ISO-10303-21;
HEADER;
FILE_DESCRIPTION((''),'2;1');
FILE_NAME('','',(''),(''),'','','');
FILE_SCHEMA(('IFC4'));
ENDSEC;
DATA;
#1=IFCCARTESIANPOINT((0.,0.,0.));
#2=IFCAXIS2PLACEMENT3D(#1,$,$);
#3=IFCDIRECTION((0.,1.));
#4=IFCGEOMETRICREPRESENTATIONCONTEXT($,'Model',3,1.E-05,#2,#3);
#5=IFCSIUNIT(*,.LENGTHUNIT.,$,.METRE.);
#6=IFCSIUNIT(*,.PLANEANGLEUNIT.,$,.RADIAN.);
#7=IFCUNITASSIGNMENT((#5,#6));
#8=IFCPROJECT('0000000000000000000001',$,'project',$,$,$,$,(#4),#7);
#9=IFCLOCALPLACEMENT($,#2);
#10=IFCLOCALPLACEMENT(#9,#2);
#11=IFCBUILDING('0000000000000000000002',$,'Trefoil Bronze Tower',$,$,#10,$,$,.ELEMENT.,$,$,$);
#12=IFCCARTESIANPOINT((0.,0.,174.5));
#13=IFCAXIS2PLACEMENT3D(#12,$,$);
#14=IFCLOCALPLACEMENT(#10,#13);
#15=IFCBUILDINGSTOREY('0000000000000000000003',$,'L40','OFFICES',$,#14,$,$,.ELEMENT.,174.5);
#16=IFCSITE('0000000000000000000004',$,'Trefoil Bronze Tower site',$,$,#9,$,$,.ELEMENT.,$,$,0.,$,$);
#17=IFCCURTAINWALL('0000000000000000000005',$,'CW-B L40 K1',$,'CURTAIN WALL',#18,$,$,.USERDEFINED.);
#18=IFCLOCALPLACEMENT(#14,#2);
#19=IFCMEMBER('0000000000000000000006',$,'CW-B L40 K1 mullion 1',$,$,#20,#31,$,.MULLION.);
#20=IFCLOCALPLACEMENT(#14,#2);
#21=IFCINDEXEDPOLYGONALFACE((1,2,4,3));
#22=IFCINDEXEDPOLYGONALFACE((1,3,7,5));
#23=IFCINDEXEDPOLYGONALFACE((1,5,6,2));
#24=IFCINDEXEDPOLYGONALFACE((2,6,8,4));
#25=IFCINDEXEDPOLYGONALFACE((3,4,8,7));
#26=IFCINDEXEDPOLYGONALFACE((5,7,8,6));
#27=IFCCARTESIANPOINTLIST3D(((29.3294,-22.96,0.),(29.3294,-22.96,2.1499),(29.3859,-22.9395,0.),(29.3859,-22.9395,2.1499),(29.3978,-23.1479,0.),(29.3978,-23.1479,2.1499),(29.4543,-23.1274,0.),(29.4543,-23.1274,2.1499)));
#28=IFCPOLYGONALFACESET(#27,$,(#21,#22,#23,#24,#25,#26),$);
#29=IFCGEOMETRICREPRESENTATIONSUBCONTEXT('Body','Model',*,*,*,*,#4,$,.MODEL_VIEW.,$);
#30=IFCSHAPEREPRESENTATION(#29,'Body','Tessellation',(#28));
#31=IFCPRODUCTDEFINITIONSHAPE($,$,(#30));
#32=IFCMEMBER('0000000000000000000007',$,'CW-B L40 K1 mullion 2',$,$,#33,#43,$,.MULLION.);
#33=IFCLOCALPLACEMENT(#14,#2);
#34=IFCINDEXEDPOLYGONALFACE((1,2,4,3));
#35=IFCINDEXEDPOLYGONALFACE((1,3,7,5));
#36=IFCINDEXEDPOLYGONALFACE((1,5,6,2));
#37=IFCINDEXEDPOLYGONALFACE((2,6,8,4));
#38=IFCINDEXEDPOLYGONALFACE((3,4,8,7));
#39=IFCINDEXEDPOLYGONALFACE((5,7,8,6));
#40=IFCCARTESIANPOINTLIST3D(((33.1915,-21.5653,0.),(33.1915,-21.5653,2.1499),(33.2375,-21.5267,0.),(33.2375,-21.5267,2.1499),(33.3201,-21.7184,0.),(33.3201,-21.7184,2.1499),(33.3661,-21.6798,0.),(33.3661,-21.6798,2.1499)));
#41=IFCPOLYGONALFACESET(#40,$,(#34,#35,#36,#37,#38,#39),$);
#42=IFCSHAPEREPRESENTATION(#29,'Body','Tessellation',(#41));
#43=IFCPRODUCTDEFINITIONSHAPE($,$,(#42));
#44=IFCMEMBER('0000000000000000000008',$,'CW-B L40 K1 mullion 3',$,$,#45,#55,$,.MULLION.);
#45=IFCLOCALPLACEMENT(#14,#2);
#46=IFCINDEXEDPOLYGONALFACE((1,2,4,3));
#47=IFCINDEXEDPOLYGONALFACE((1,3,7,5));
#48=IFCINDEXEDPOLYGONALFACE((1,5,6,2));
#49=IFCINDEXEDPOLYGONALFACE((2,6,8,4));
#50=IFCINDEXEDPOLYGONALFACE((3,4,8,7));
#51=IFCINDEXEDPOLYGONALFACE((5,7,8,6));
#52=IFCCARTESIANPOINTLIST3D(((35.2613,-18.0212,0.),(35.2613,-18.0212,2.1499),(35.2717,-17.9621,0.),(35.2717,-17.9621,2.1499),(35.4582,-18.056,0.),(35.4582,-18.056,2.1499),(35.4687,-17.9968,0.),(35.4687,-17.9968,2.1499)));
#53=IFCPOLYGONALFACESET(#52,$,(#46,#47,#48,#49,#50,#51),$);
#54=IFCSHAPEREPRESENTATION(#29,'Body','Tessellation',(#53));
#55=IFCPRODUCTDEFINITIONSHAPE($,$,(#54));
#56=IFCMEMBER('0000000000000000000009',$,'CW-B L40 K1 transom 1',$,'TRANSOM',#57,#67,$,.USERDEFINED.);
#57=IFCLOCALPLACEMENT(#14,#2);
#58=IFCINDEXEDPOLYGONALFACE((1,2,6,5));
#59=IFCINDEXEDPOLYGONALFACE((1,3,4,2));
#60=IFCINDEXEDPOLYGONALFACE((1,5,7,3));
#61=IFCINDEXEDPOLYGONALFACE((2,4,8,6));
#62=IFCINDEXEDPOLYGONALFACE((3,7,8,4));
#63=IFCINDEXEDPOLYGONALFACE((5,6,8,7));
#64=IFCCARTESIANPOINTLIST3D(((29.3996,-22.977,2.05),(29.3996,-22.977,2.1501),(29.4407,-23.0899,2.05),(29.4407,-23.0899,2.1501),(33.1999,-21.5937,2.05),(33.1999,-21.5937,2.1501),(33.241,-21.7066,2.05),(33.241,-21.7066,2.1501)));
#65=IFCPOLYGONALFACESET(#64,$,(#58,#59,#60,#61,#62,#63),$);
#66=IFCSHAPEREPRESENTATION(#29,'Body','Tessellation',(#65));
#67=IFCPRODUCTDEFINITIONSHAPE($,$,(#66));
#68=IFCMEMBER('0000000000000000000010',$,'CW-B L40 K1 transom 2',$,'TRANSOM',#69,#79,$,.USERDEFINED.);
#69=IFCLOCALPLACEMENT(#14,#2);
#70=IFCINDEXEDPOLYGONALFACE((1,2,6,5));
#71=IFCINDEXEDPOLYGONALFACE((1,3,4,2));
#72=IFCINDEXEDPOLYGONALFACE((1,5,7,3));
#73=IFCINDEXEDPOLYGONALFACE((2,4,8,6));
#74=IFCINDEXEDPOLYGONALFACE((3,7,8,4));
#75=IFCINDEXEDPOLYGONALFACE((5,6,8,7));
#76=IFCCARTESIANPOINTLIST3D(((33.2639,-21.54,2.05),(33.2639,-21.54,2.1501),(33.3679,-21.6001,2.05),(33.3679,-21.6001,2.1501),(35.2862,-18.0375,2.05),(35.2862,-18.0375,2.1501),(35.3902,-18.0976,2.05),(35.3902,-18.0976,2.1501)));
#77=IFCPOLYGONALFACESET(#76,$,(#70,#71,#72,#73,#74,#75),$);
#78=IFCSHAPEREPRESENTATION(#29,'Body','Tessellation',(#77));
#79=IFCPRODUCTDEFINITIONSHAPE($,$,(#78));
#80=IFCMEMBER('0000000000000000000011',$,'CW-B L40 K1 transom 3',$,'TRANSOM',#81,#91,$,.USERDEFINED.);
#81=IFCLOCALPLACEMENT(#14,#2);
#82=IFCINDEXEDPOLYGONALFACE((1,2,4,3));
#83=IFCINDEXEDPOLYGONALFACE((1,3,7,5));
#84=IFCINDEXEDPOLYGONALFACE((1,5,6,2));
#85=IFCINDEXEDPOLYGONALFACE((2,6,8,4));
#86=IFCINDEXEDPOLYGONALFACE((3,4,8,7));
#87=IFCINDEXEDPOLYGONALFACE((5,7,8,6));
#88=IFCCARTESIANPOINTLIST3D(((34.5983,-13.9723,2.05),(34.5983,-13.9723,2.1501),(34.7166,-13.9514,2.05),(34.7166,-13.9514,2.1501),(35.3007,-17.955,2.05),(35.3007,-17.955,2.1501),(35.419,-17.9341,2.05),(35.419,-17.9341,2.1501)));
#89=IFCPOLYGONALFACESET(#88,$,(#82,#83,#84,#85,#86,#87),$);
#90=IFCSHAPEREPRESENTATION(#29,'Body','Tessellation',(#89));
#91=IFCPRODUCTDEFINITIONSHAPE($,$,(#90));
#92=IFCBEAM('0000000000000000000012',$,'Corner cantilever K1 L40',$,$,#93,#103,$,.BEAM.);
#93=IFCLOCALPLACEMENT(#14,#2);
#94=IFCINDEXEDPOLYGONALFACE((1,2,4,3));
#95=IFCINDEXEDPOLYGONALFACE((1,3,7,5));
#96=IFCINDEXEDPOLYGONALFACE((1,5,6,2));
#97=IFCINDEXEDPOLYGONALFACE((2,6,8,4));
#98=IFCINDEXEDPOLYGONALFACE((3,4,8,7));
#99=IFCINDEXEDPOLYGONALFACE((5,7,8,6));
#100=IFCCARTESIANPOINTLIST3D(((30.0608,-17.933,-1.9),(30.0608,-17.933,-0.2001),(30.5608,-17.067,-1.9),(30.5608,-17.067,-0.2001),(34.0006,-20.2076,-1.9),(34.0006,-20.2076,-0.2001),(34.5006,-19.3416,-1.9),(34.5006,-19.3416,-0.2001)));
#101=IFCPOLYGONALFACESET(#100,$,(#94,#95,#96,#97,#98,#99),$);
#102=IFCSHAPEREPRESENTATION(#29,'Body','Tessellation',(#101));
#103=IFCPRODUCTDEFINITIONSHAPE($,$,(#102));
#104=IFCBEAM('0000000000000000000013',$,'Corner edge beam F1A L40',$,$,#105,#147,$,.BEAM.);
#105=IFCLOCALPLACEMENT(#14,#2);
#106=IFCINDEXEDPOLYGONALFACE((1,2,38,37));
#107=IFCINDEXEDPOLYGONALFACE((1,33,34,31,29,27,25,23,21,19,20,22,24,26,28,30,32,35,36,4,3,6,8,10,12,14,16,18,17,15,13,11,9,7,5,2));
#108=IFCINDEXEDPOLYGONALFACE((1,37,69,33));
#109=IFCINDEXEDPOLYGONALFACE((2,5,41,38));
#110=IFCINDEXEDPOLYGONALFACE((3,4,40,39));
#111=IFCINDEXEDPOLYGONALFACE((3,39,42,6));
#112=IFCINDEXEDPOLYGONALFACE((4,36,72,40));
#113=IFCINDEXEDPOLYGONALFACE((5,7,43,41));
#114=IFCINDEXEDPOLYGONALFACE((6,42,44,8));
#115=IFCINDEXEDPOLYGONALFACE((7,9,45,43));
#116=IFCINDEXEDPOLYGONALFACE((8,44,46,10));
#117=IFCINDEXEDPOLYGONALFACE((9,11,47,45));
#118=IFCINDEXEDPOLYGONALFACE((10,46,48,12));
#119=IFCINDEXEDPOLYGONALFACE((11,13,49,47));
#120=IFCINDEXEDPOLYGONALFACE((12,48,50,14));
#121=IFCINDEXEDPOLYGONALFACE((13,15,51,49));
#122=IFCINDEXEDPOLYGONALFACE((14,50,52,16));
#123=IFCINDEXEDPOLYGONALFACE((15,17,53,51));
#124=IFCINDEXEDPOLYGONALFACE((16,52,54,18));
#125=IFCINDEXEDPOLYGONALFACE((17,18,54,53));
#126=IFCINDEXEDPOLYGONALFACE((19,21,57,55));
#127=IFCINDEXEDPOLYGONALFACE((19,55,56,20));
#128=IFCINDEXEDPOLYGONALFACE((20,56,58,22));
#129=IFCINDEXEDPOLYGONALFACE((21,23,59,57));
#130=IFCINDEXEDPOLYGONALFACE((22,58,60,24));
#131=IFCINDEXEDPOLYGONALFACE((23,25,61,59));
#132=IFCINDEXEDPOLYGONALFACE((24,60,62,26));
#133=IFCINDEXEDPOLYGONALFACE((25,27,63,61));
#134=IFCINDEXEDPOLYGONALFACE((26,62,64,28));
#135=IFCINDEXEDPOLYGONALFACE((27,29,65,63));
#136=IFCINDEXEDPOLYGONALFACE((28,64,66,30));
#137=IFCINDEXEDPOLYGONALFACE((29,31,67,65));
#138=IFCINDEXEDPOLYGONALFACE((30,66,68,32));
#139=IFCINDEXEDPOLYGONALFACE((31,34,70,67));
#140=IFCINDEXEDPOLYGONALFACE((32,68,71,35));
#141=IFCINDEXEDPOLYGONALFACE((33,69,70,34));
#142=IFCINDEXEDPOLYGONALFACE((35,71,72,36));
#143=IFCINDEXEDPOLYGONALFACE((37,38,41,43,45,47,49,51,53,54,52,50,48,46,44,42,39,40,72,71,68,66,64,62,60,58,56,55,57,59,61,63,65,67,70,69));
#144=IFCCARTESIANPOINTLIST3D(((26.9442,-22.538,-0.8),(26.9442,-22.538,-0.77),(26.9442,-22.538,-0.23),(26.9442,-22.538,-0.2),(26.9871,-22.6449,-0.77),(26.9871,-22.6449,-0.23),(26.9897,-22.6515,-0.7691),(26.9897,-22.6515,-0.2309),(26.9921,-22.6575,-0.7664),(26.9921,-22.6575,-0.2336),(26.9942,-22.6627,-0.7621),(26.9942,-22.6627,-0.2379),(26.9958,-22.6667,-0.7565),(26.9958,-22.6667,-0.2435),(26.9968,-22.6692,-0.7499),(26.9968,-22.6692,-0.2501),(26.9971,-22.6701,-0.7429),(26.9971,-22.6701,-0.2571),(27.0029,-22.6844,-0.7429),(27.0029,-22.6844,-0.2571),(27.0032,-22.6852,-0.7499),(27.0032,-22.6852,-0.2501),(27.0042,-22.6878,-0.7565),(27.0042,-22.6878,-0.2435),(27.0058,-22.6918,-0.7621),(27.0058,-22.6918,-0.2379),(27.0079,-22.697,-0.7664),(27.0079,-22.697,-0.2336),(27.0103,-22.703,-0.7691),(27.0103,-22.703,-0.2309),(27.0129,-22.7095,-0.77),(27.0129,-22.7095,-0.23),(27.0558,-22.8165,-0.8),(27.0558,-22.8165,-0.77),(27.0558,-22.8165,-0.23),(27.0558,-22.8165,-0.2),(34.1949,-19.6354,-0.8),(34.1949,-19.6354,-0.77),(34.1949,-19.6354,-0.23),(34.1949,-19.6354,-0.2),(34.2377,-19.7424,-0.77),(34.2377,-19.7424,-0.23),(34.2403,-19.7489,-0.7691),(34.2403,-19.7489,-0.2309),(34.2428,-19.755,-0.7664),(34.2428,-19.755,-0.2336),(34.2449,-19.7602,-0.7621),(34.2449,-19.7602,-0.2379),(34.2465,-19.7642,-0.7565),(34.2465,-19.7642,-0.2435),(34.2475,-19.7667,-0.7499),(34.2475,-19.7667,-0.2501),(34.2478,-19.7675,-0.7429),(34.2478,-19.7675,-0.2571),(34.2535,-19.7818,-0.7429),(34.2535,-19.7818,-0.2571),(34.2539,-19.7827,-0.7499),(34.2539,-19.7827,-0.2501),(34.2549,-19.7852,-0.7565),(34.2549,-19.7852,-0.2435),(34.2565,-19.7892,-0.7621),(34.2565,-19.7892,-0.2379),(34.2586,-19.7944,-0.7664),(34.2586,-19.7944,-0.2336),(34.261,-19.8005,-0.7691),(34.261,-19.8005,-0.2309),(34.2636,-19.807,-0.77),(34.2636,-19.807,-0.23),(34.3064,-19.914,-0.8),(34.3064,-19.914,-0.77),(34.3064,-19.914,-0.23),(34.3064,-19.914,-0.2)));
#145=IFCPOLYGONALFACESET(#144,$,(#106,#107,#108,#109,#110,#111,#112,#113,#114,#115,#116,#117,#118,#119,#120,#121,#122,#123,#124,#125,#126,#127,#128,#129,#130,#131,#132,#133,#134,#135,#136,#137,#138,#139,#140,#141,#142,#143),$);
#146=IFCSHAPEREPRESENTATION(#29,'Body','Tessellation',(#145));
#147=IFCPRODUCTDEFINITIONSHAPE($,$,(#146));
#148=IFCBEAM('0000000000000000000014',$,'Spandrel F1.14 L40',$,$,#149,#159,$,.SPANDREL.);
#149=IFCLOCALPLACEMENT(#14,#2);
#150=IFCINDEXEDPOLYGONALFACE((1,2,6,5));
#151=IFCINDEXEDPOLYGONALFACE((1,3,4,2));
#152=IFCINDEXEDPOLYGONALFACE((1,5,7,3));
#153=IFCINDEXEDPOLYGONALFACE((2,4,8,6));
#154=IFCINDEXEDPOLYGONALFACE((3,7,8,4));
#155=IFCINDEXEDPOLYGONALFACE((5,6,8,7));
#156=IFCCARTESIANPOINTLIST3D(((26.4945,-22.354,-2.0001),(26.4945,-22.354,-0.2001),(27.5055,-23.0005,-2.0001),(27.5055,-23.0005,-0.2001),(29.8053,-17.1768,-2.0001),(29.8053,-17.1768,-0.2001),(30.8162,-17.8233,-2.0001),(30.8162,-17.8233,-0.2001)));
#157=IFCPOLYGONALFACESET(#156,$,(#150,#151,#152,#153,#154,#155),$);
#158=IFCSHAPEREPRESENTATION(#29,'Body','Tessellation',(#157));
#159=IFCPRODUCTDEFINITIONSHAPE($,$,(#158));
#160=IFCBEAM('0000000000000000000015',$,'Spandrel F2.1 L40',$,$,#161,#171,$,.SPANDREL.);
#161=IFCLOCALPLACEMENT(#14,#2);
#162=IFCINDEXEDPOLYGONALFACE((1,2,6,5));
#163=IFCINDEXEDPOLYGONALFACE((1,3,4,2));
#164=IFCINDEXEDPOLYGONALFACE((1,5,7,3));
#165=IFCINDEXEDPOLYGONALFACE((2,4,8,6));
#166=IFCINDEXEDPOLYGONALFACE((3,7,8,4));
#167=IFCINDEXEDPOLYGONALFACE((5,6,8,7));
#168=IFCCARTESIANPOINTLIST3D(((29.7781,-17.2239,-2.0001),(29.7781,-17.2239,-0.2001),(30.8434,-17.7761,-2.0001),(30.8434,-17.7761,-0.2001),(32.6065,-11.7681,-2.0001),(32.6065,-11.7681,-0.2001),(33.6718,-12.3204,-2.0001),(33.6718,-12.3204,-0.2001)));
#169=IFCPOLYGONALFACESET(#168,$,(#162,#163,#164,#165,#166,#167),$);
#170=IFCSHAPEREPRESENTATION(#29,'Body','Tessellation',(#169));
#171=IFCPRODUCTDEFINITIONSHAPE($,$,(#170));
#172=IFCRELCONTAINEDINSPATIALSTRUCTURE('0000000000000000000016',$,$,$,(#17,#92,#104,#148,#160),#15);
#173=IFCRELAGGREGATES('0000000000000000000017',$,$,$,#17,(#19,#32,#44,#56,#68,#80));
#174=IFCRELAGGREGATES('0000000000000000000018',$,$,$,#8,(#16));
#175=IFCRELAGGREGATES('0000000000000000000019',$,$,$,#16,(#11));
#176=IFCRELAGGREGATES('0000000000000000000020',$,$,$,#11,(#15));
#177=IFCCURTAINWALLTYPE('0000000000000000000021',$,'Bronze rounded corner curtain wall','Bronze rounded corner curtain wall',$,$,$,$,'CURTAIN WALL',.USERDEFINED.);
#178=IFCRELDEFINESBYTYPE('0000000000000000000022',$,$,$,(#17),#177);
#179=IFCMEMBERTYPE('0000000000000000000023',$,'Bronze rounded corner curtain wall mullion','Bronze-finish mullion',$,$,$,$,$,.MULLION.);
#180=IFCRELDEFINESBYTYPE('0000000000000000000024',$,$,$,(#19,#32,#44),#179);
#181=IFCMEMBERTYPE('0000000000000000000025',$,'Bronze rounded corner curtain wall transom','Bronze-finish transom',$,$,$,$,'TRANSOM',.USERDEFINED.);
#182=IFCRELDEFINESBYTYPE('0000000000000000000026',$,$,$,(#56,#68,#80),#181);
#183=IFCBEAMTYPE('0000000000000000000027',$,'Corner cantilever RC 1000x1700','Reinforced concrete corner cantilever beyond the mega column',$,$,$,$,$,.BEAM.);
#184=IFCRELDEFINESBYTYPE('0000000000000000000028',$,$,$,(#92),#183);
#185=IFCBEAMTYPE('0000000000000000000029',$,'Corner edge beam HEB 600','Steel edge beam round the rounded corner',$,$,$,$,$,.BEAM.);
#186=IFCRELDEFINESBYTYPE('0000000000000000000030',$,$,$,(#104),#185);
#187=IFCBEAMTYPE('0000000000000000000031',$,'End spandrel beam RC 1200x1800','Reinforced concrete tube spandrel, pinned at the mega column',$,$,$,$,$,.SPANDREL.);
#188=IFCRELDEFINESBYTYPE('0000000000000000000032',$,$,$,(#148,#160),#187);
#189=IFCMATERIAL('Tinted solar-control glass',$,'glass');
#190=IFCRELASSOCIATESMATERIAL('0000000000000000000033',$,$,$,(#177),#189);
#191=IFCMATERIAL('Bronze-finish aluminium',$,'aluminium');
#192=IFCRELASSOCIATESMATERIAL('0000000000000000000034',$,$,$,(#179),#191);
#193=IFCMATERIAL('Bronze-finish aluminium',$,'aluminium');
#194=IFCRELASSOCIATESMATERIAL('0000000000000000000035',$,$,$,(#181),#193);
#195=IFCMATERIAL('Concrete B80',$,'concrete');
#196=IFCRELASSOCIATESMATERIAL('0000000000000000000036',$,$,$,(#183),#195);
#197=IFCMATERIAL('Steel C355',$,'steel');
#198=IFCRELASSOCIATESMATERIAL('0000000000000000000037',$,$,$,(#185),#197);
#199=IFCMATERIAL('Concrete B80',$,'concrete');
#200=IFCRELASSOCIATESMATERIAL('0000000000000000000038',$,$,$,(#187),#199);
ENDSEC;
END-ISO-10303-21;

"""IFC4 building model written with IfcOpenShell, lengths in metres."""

from ifc_helpers import new_model, si_unit, direction, frame, origin, origin_2d, place, context, subcontext, project, spatial, rectangle, i_section, extrude, material, material_profile, profile_set, type_object, element, aggregate, save


model = new_model("IFC4")

# Units and contexts
model_context = context("Model", 3, precision=1e-05, world=origin(), true_north=direction((0.0, 1.0)))
body_context = subcontext(model_context, "Body", "Model", "MODEL_VIEW")
ifc_project = project(units=[si_unit("LENGTHUNIT", "METRE"), si_unit("PLANEANGLEUNIT", "RADIAN")], contexts=[model_context])

# Site, building, storey
site_placement = place(None, origin())
site = spatial("IfcSite", under=ifc_project, at=site_placement, Name="Trefoil Bronze Tower site", CompositionType="ELEMENT", RefElevation=0.0)
building_placement = place(site_placement, origin())
building = spatial("IfcBuilding", under=site, at=building_placement, Name="Trefoil Bronze Tower", CompositionType="ELEMENT")
storey_placement = place(building_placement, frame((0.0, 0.0, 174.5)))
storey = spatial("IfcBuildingStorey", under=building, at=storey_placement, Name="L40", Description="OFFICES", CompositionType="ELEMENT", Elevation=174.5)

# Curtain wall, members
ifc_material_1 = material(Name="Tinted solar-control glass", Category="glass")
curtain_wall_type_1 = type_object("IfcCurtainWallType", Name="Bronze rounded corner curtain wall", Description="Bronze rounded corner curtain wall", ElementType="CURTAIN WALL", PredefinedType="USERDEFINED", material=ifc_material_1)
curtain_wall_1_placement = place(storey_placement, origin())
curtain_wall_1 = element("IfcCurtainWall", 1, at=curtain_wall_1_placement, inside=storey, type_object=curtain_wall_type_1, Name="CW-B L40 K1", ObjectType="CURTAIN WALL", PredefinedType="USERDEFINED")
ifc_material_2 = material(Name="Bronze-finish aluminium", Category="aluminium")
ifc_material_profile_1 = material_profile(ifc_material_2, rectangle(XDim=0.2, YDim=0.0601, at=origin_2d()), Name="CW-B mullion")
ifc_profile_set_1 = profile_set([ifc_material_profile_1], Name="Bronze-finish aluminium")
member_type_1 = type_object("IfcMemberType", Name="Bronze rounded corner curtain wall mullion", Description="Bronze-finish mullion", PredefinedType="MULLION", material=ifc_profile_set_1)
member_1_placement = place(storey_placement, frame((29.3918, -23.0437, 0.0), z_axis=(0.0, 0.0, 1.0), x_axis=(-0.34202, 0.939693, 0.0)))
member_1 = element("IfcMember", 2, at=member_1_placement, type_object=member_type_1, Name="CW-B L40 K1 mullion 1", PredefinedType="MULLION", context=body_context, shape_type="SweptSolid", body=[
    extrude(rectangle(XDim=0.2, YDim=0.0601, at=origin_2d()), origin(), (0.0, 0.0, 1.0), 2.1499),
])
member_2_placement = place(storey_placement, frame((33.2788, -21.6226, 0.0), z_axis=(0.0, 0.0, 1.0), x_axis=(-0.642788, 0.766044, 0.0)))
member_2 = element("IfcMember", 3, at=member_2_placement, type_object=member_type_1, Name="CW-B L40 K1 mullion 2", PredefinedType="MULLION", context=body_context, shape_type="SweptSolid", body=[
    extrude(rectangle(XDim=0.2, YDim=0.0601, at=origin_2d()), origin(), (0.0, 0.0, 1.0), 2.1499),
])
member_3_placement = place(storey_placement, frame((35.365, -18.009, 0.0), z_axis=(0.0, 0.0, 1.0), x_axis=(-0.984808, 0.173648, 0.0)))
member_3 = element("IfcMember", 4, at=member_3_placement, type_object=member_type_1, Name="CW-B L40 K1 mullion 3", PredefinedType="MULLION", context=body_context, shape_type="SweptSolid", body=[
    extrude(rectangle(XDim=0.2, YDim=0.0601, at=origin_2d()), origin(), (0.0, 0.0, 1.0), 2.1499),
])
ifc_material_3 = material(Name="Bronze-finish aluminium", Category="aluminium")
ifc_material_profile_2 = material_profile(ifc_material_3, rectangle(XDim=0.1201, YDim=0.1001, at=origin_2d()), Name="CW-B transom")
ifc_profile_set_2 = profile_set([ifc_material_profile_2], Name="Bronze-finish aluminium")
member_type_2 = type_object("IfcMemberType", Name="Bronze rounded corner curtain wall transom", Description="Bronze-finish transom", ElementType="TRANSOM", PredefinedType="USERDEFINED", material=ifc_profile_set_2)
member_4_placement = place(storey_placement, frame((29.4202, -23.0334, 2.1001), z_axis=(0.939684, 0.342044, 0.0), x_axis=(-0.342044, 0.939684, 0.0)))
member_4 = element("IfcMember", 5, at=member_4_placement, type_object=member_type_2, Name="CW-B L40 K1 transom 1", ObjectType="TRANSOM", PredefinedType="USERDEFINED", context=body_context, shape_type="SweptSolid", body=[
    extrude(rectangle(XDim=0.1201, YDim=0.1001, at=origin_2d()), origin(), (0.0, 0.0, 1.0), 4.0442),
])
member_5_placement = place(storey_placement, frame((33.3159, -21.5701, 2.1001), z_axis=(0.500015, 0.866017, 0.0), x_axis=(-0.866017, 0.500015, 0.0)))
member_5 = element("IfcMember", 6, at=member_5_placement, type_object=member_type_2, Name="CW-B L40 K1 transom 2", ObjectType="TRANSOM", PredefinedType="USERDEFINED", context=body_context, shape_type="SweptSolid", body=[
    extrude(rectangle(XDim=0.1201, YDim=0.1001, at=origin_2d()), origin(), (0.0, 0.0, 1.0), 4.0444),
])
member_6_placement = place(storey_placement, frame((35.3599, -17.9446, 2.1001), z_axis=(-0.173682, 0.984802, 0.0), x_axis=(-0.984802, -0.173682, 0.0)))
member_6 = element("IfcMember", 7, at=member_6_placement, type_object=member_type_2, Name="CW-B L40 K1 transom 3", ObjectType="TRANSOM", PredefinedType="USERDEFINED", context=body_context, shape_type="SweptSolid", body=[
    extrude(rectangle(XDim=0.1201, YDim=0.1001, at=origin_2d()), origin(), (0.0, 0.0, 1.0), 4.0442),
])

# Beams
ifc_material_4 = material(Name="Concrete B80", Category="concrete")
ifc_material_profile_3 = material_profile(ifc_material_4, rectangle(XDim=1.0, YDim=1.7, at=origin_2d()), Name="RC 1000x1700")
ifc_profile_set_3 = profile_set([ifc_material_profile_3], Name="Concrete B80")
beam_type_1 = type_object("IfcBeamType", Name="Corner cantilever RC 1000x1700", Description="Reinforced concrete corner cantilever beyond the mega column", PredefinedType="BEAM", material=ifc_profile_set_3)
beam_1_placement = place(storey_placement, frame((30.3108, -17.5, -1.05), z_axis=(0.866032, -0.499989, 0.0), x_axis=(0.499989, 0.866032, 0.0)))
element("IfcBeam", 8, at=beam_1_placement, inside=storey, type_object=beam_type_1, Name="Corner cantilever K1 L40", PredefinedType="BEAM", context=body_context, shape_type="SweptSolid", body=[
    extrude(rectangle(XDim=1.0, YDim=1.7, at=origin_2d()), origin(), (0.0, 0.0, 1.0), 4.5493),
])
ifc_material_5 = material(Name="Steel C355", Category="steel")
ifc_material_profile_4 = material_profile(ifc_material_5, i_section(OverallWidth=0.3, OverallDepth=0.6001, WebThickness=0.0154, FlangeThickness=0.03, FilletRadius=0.0271, at=origin_2d()), Name="HEB 600")
ifc_profile_set_4 = profile_set([ifc_material_profile_4], Name="Steel C355")
beam_type_2 = type_object("IfcBeamType", Name="Corner edge beam HEB 600", Description="Steel edge beam round the rounded corner", PredefinedType="BEAM", material=ifc_profile_set_4)
beam_2_placement = place(storey_placement, frame((27.0, -22.6772, -0.5), z_axis=(0.928375, 0.371644, 0.0), x_axis=(-0.371644, 0.928375, 0.0)))
element("IfcBeam", 9, at=beam_2_placement, inside=storey, type_object=beam_type_2, Name="Corner edge beam F1A L40", PredefinedType="BEAM", context=body_context, shape_type="SweptSolid", body=[
    extrude(i_section(OverallWidth=0.3, OverallDepth=0.6001, WebThickness=0.0154, FlangeThickness=0.03, FilletRadius=0.0271, at=origin_2d()), origin(), (0.0, 0.0, 1.0), 7.8101),
])
ifc_material_6 = material(Name="Concrete B80", Category="concrete")
ifc_material_profile_5 = material_profile(ifc_material_6, rectangle(XDim=1.2, YDim=1.8, at=origin_2d()), Name="RC 1200x1800")
ifc_profile_set_5 = profile_set([ifc_material_profile_5], Name="Concrete B80")
beam_type_3 = type_object("IfcBeamType", Name="End spandrel beam RC 1200x1800", Description="Reinforced concrete tube spandrel, pinned at the mega column", PredefinedType="SPANDREL", material=ifc_profile_set_5)
for number, where, z_axis, x_axis, name in (
    (10, (27.0, -22.6772, -1.1001), (0.538748, 0.842467, 0.0), (-0.842467, 0.538748, 0.0), "Spandrel F1.14 L40"),
    (11, (30.3108, -17.5, -1.1001), (0.460244, 0.887792, 0.0), (-0.887792, 0.460244, 0.0), "Spandrel F2.1 L40"),
):
    element("IfcBeam", number, at=place(storey_placement, frame(where, z_axis=z_axis, x_axis=x_axis)), inside=storey, type_object=beam_type_3, Name=name, PredefinedType="SPANDREL", context=body_context, shape_type="SweptSolid", body=[
        extrude(rectangle(XDim=1.2, YDim=1.8, at=origin_2d()), origin(), (0.0, 0.0, 1.0), 6.1453),
    ])

aggregate(curtain_wall_1, [member_1, member_2, member_3, member_4, member_5, member_6])

save(model, "model.ifc")
